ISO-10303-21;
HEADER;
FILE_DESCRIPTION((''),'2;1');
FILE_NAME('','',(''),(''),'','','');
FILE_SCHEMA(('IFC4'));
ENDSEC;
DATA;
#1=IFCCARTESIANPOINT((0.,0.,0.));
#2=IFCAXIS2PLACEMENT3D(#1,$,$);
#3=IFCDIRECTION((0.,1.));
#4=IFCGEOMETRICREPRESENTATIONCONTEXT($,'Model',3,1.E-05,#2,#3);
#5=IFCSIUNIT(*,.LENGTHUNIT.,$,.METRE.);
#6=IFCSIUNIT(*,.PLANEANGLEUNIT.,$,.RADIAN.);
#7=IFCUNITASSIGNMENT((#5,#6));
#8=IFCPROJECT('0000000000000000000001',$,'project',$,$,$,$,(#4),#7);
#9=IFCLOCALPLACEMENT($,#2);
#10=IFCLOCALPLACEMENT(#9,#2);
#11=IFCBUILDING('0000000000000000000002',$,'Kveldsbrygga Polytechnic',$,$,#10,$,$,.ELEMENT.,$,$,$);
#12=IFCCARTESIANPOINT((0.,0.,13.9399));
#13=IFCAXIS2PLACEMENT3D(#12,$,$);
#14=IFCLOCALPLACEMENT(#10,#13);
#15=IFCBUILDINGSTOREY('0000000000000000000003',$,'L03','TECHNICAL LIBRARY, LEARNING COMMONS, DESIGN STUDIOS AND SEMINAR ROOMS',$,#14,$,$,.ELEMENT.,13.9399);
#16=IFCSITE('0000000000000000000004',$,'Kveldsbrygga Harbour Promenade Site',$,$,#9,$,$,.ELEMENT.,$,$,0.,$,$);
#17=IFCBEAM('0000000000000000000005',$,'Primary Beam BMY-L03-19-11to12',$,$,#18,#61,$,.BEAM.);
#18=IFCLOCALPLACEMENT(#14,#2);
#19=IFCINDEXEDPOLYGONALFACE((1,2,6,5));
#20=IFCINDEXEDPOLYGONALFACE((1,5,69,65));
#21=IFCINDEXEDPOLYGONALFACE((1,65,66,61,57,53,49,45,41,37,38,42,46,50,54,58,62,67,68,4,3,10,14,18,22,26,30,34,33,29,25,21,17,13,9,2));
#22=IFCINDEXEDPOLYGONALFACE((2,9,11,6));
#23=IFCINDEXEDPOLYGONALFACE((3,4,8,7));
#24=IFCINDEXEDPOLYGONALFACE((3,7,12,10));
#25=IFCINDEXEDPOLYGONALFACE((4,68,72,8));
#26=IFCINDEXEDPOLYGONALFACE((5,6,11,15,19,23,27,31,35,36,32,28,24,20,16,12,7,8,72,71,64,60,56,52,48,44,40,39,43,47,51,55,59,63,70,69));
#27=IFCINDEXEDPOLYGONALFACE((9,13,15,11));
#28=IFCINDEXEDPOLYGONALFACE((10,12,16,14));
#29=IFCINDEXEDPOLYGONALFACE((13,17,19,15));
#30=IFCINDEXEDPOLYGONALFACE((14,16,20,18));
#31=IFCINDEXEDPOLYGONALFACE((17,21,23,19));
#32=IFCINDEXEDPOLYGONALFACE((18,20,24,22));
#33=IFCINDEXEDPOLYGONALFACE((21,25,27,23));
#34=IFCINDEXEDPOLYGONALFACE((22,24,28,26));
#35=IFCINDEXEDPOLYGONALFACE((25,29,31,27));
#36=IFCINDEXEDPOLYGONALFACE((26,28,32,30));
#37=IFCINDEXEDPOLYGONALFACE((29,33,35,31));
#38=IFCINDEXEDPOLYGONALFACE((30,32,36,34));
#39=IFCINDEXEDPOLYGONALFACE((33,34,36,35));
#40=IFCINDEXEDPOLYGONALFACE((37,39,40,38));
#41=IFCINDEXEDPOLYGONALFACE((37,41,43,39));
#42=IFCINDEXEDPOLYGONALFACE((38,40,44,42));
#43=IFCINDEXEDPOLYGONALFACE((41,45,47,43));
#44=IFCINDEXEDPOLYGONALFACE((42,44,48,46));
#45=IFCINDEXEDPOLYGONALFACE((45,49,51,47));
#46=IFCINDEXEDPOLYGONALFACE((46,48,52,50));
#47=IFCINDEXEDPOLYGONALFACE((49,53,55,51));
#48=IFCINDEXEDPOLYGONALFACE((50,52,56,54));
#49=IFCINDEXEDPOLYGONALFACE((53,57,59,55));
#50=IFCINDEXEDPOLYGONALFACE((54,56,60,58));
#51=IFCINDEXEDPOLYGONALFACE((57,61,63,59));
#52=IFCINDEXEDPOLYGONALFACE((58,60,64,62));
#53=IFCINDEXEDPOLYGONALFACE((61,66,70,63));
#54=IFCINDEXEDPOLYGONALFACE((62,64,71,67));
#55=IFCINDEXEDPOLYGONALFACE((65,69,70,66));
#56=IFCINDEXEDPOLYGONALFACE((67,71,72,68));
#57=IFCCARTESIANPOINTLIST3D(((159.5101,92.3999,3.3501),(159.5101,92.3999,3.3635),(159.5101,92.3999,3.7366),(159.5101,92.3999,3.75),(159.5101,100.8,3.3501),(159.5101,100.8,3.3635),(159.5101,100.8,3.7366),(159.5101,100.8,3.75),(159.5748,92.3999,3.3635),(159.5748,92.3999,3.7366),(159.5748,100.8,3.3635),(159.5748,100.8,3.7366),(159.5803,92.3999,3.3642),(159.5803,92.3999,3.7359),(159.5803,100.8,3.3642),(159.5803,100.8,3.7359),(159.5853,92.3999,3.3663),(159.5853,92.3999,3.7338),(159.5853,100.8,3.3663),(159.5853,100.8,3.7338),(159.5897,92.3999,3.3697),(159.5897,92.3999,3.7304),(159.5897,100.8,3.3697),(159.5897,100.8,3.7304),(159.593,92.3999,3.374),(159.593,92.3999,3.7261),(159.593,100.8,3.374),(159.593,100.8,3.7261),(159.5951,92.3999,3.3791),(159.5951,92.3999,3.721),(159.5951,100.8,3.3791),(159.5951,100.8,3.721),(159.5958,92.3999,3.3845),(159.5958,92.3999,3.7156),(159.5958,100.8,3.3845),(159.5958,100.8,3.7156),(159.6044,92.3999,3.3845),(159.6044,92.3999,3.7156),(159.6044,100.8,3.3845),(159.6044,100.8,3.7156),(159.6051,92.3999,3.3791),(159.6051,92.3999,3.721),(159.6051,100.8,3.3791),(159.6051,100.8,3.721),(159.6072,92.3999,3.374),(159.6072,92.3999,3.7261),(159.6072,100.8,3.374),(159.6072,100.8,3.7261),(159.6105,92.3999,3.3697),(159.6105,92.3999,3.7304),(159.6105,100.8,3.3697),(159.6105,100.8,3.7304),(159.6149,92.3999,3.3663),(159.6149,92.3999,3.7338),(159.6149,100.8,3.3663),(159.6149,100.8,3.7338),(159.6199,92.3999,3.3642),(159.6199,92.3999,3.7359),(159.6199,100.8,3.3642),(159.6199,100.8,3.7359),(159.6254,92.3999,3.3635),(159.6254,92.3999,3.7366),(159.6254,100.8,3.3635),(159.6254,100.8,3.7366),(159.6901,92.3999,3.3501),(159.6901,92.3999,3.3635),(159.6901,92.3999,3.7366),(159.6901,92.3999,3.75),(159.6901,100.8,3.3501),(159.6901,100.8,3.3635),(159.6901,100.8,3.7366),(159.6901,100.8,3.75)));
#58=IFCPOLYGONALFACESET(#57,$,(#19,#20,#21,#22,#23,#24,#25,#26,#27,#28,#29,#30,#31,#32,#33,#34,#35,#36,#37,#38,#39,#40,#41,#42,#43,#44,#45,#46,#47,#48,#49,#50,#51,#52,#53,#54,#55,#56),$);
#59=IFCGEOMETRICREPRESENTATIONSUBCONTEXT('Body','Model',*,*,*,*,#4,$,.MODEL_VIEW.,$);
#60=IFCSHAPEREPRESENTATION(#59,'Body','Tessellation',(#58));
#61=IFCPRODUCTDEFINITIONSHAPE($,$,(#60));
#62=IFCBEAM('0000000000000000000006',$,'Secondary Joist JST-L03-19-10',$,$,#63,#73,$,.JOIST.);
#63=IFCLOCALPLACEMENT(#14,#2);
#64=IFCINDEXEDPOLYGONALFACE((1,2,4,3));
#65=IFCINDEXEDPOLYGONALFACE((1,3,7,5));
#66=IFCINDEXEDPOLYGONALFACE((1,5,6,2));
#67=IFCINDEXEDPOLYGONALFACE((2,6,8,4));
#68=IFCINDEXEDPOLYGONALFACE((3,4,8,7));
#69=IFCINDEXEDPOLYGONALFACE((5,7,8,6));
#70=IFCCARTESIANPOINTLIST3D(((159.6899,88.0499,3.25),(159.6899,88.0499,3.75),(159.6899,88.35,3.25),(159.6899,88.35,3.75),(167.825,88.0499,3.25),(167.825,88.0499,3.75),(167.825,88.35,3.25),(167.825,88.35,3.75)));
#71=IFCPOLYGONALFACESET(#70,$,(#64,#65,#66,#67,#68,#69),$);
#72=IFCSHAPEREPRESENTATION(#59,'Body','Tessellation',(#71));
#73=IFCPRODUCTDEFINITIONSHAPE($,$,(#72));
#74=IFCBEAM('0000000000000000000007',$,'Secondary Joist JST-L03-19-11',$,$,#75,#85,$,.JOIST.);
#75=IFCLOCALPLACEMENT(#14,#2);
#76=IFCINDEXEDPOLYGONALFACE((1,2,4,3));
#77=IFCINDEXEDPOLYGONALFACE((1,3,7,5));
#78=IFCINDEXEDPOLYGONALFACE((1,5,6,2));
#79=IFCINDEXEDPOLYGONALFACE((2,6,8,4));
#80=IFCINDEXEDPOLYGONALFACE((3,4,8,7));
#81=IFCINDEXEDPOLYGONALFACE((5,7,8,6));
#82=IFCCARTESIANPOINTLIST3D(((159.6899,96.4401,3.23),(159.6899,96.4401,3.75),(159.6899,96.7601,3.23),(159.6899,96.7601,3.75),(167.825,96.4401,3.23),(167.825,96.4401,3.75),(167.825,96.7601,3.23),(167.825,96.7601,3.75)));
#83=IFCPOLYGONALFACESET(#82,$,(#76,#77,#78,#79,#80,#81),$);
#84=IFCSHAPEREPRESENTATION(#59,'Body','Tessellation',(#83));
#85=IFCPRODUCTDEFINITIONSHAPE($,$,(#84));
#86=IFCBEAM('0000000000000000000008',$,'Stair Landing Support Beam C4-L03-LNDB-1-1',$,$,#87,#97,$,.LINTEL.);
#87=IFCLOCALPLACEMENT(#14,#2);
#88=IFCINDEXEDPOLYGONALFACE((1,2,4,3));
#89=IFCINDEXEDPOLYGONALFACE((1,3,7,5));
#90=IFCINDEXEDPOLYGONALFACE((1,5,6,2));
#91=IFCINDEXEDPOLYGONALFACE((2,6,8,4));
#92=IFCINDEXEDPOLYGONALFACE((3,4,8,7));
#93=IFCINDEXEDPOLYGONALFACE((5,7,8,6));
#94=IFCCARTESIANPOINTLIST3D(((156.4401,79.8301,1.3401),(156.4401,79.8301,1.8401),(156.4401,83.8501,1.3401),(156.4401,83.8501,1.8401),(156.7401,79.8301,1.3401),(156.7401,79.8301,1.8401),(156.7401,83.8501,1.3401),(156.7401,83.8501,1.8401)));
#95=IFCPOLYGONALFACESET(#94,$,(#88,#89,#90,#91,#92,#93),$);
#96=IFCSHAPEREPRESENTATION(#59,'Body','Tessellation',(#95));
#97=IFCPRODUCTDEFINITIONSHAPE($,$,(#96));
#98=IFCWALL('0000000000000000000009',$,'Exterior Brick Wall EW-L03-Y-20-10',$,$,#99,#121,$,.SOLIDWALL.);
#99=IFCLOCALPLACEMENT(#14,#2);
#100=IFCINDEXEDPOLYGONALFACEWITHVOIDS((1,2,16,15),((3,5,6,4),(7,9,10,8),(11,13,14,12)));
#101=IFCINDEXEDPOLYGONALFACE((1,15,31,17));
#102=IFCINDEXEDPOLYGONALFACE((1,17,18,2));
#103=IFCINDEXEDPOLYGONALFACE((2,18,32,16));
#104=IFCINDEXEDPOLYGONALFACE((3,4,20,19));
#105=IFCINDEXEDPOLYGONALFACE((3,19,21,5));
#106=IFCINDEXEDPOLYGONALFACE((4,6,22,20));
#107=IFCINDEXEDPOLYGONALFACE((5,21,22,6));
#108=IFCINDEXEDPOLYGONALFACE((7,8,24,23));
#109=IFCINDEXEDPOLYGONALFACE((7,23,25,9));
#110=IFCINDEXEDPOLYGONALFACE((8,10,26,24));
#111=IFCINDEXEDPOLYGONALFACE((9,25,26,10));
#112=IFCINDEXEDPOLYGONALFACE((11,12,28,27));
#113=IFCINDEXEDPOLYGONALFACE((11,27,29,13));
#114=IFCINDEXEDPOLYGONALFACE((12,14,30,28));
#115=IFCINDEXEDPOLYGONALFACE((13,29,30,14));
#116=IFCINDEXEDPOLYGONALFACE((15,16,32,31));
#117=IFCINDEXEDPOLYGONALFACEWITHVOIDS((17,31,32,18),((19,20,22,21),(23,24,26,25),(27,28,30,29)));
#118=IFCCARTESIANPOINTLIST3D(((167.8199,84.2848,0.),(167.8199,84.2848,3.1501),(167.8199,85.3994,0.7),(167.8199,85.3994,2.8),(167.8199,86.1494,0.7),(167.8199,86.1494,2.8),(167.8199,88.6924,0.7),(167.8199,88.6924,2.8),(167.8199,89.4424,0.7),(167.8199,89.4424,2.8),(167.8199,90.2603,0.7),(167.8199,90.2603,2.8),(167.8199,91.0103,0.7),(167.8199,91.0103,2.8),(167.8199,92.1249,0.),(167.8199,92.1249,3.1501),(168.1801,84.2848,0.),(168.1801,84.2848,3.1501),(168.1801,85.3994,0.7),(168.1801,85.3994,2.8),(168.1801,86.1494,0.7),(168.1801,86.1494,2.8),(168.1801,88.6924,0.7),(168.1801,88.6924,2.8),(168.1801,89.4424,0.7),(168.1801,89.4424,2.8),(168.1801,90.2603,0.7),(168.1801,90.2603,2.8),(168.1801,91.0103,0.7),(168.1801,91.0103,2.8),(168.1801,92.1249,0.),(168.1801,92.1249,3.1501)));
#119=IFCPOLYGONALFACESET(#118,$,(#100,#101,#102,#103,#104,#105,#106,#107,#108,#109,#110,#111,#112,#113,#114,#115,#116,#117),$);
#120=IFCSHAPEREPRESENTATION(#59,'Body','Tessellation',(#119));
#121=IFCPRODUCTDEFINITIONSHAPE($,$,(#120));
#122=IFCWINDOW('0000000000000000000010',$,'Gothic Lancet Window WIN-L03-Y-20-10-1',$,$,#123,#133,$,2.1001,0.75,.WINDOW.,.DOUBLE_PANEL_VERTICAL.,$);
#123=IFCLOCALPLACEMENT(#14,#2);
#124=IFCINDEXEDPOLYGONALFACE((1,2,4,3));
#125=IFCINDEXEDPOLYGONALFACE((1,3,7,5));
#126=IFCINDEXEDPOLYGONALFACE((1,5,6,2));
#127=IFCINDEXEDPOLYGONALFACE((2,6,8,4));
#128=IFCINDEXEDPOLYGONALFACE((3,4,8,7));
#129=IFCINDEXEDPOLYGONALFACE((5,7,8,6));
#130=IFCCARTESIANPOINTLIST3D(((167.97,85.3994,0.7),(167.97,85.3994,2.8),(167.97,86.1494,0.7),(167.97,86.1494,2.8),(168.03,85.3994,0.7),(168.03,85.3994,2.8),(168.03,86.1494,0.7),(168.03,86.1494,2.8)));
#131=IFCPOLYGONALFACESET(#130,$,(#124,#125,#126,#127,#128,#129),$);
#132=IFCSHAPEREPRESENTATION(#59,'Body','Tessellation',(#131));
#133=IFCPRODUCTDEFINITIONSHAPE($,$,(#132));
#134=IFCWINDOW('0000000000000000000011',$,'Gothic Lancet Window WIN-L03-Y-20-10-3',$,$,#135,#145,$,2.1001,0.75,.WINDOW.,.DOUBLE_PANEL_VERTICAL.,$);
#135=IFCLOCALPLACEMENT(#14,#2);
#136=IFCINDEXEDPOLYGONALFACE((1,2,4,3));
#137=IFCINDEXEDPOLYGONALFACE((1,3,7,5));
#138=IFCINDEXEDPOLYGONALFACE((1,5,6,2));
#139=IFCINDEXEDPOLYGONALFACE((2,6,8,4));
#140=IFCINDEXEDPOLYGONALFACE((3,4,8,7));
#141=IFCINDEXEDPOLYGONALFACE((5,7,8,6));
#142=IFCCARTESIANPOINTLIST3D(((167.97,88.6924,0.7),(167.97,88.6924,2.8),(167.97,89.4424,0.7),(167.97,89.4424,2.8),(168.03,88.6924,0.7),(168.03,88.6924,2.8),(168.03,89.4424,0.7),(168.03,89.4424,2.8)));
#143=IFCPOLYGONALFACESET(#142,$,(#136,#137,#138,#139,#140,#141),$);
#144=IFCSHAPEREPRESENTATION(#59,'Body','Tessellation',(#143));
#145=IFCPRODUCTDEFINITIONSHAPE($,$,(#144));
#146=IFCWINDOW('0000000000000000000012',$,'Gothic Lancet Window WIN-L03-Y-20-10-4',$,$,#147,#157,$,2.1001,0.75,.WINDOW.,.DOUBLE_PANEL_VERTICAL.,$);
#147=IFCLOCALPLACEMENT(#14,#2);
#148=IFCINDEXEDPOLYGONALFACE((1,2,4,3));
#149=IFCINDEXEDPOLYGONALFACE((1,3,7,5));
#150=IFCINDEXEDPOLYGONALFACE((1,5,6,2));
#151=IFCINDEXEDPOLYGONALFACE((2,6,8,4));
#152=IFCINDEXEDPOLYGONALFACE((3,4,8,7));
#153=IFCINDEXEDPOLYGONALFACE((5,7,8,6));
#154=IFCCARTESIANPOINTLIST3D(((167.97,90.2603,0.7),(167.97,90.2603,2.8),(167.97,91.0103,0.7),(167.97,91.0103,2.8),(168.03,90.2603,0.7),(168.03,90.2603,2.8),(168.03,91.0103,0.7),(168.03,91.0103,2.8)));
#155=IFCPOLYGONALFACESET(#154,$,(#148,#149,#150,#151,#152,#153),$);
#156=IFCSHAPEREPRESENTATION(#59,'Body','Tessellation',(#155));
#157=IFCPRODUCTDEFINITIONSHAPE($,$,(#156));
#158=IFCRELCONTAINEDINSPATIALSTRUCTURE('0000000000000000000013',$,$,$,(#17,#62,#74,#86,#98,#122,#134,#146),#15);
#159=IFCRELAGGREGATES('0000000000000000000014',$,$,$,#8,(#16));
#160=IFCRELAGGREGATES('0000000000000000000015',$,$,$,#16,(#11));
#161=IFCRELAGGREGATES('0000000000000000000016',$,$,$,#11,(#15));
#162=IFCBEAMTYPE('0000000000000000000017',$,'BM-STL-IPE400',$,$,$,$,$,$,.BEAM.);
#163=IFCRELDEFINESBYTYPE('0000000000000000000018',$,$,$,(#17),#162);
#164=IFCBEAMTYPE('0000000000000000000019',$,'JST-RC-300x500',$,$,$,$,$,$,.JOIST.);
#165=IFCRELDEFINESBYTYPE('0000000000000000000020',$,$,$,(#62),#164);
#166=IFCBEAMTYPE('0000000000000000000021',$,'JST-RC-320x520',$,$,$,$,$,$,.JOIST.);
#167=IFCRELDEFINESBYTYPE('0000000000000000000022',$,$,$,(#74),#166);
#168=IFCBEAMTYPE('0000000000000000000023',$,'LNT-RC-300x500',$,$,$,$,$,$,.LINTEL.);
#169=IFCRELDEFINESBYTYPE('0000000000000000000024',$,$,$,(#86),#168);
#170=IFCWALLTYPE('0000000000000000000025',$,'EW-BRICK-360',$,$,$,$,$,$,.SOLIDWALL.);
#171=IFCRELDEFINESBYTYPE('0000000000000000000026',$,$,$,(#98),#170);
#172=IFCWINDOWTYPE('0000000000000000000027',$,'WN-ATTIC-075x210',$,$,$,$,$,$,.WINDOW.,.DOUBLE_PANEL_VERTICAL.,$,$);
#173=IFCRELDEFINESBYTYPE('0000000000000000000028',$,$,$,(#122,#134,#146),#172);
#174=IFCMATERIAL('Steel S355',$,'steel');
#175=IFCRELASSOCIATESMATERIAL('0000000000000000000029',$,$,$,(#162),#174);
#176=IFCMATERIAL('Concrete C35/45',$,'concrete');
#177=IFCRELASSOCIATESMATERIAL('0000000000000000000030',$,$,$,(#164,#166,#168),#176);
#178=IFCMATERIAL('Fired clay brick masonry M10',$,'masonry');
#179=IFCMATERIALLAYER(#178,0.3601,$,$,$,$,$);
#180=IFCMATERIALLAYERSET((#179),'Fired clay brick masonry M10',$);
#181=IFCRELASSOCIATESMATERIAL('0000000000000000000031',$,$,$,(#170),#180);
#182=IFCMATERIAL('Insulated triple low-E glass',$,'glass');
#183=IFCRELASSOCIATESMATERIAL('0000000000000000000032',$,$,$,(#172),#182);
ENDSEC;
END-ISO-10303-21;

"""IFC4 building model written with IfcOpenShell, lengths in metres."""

from ifc_helpers import new_model, si_unit, direction, frame, frame_2d, origin, origin_2d, place, context, subcontext, project, spatial, rectangle, i_section, extrude, material, layer, layer_set, material_profile, profile_set, type_object, element, fill, save


model = new_model("IFC4")

# Units and contexts
model_context = context("Model", 3, precision=1e-05, world=origin(), true_north=direction((0.0, 1.0)))
body_context = subcontext(model_context, "Body", "Model", "MODEL_VIEW")
ifc_project = project(units=[si_unit("LENGTHUNIT", "METRE"), si_unit("PLANEANGLEUNIT", "RADIAN")], contexts=[model_context])

# Site, building, storey
site_placement = place(None, origin())
site = spatial("IfcSite", under=ifc_project, at=site_placement, Name="Kveldsbrygga Harbour Promenade Site", CompositionType="ELEMENT", RefElevation=0.0)
building_placement = place(site_placement, origin())
building = spatial("IfcBuilding", under=site, at=building_placement, Name="Kveldsbrygga Polytechnic", CompositionType="ELEMENT")
storey_placement = place(building_placement, frame((0.0, 0.0, 13.9399)))
storey = spatial("IfcBuildingStorey", under=building, at=storey_placement, Name="L03", Description="TECHNICAL LIBRARY, LEARNING COMMONS, DESIGN STUDIOS AND SEMINAR ROOMS", CompositionType="ELEMENT", Elevation=13.9399)

# Beams
ifc_material_1 = material(Name="Concrete C35/45", Category="concrete")
ifc_material_2 = material(Name="Steel S355", Category="steel")
ifc_material_profile_1 = material_profile(ifc_material_2, i_section(OverallWidth=0.1799, OverallDepth=0.3999, WebThickness=0.0085, FlangeThickness=0.0134, FilletRadius=0.021, at=origin_2d()), Name="IPE 400")
ifc_profile_set_1 = profile_set([ifc_material_profile_1], Name="Steel S355")
beam_type_1 = type_object("IfcBeamType", Name="BM-STL-IPE400", PredefinedType="BEAM", material=ifc_profile_set_1)
beam_1_placement = place(storey_placement, frame((159.6001, 92.3999, 3.55), z_axis=(0.0, 1.0, 0.0), x_axis=(-1.0, 0.0, 0.0)))
element("IfcBeam", 1, at=beam_1_placement, inside=storey, type_object=beam_type_1, Name="Primary Beam BMY-L03-19-11to12", PredefinedType="BEAM", context=body_context, shape_type="SweptSolid", body=[
    extrude(i_section(OverallWidth=0.1799, OverallDepth=0.3999, WebThickness=0.0085, FlangeThickness=0.0134, FilletRadius=0.021, at=origin_2d()), origin(), (0.0, 0.0, 1.0), 8.4001),
])
ifc_material_profile_2 = material_profile(ifc_material_1, rectangle(XDim=0.3, YDim=0.5, at=origin_2d()), Name="RC 300x500")
ifc_profile_set_2 = profile_set([ifc_material_profile_2], Name="Concrete C35/45")
beam_type_2 = type_object("IfcBeamType", Name="JST-RC-300x500", PredefinedType="JOIST", material=ifc_profile_set_2)
beam_2_placement = place(storey_placement, frame((159.6899, 88.2, 3.5), z_axis=(1.0, 0.0, 0.0), x_axis=(0.0, 1.0, 0.0)))
element("IfcBeam", 2, at=beam_2_placement, inside=storey, type_object=beam_type_2, Name="Secondary Joist JST-L03-19-10", PredefinedType="JOIST", context=body_context, shape_type="SweptSolid", body=[
    extrude(rectangle(XDim=0.3, YDim=0.5, at=origin_2d()), origin(), (0.0, 0.0, 1.0), 8.135),
])
ifc_material_profile_3 = material_profile(ifc_material_1, rectangle(XDim=0.3201, YDim=0.52, at=origin_2d()), Name="RC 320x520")
ifc_profile_set_3 = profile_set([ifc_material_profile_3], Name="Concrete C35/45")
beam_type_3 = type_object("IfcBeamType", Name="JST-RC-320x520", PredefinedType="JOIST", material=ifc_profile_set_3)
beam_3_placement = place(storey_placement, frame((159.6899, 96.6001, 3.49), z_axis=(1.0, 0.0, 0.0), x_axis=(0.0, 1.0, 0.0)))
element("IfcBeam", 3, at=beam_3_placement, inside=storey, type_object=beam_type_3, Name="Secondary Joist JST-L03-19-11", PredefinedType="JOIST", context=body_context, shape_type="SweptSolid", body=[
    extrude(rectangle(XDim=0.3201, YDim=0.52, at=origin_2d()), origin(), (0.0, 0.0, 1.0), 8.135),
])
ifc_material_profile_4 = material_profile(ifc_material_1, rectangle(XDim=0.3, YDim=0.5, at=origin_2d()), Name="RC 300x500")
ifc_profile_set_4 = profile_set([ifc_material_profile_4], Name="Concrete C35/45")
beam_type_4 = type_object("IfcBeamType", Name="LNT-RC-300x500", PredefinedType="LINTEL", material=ifc_profile_set_4)
beam_4_placement = place(storey_placement, frame((156.5901, 79.8301, 1.5901), z_axis=(0.0, 1.0, 0.0), x_axis=(-1.0, 0.0, 0.0)))
element("IfcBeam", 4, at=beam_4_placement, inside=storey, type_object=beam_type_4, Name="Stair Landing Support Beam C4-L03-LNDB-1-1", PredefinedType="LINTEL", context=body_context, shape_type="SweptSolid", body=[
    extrude(rectangle(XDim=0.3, YDim=0.5, at=origin_2d()), origin(), (0.0, 0.0, 1.0), 4.02),
])

# Wall, openings, windows
ifc_material_3 = material(Name="Fired clay brick masonry M10", Category="masonry")
ifc_layer_1 = layer(ifc_material_3, 0.3601)
ifc_layer_set_1 = layer_set([ifc_layer_1], Name="Fired clay brick masonry M10")
wall_type_1 = type_object("IfcWallType", Name="EW-BRICK-360", PredefinedType="SOLIDWALL", material=ifc_layer_set_1)
wall_1_placement = place(storey_placement, frame((168.0, 84.2849, 0.0), z_axis=(0.0, 0.0, 1.0), x_axis=(0.0, 1.0, 0.0)))
wall_1 = element("IfcWall", 5, at=wall_1_placement, inside=storey, type_object=wall_type_1, Name="Exterior Brick Wall EW-L03-Y-20-10", PredefinedType="SOLIDWALL", context=body_context, shape_type="SweptSolid", body=[
    extrude(rectangle(XDim=7.8401, YDim=0.3601, at=frame_2d((3.9199, 0.0))), origin(), (0.0, 0.0, 1.0), 3.1501),
])
opening_1_placement = place(wall_1_placement, frame((1.1145, 0.0, 0.7)))
opening_1 = element("IfcOpeningElement", 6, at=opening_1_placement, cuts=wall_1, PredefinedType="OPENING", context=body_context, shape_type="SweptSolid", body=[
    extrude(rectangle(XDim=0.75, YDim=2.1001, at=frame_2d((0.375, 1.05))), frame((0.0, 0.1899, 0.0), z_axis=(0.0, -1.0, 0.0), x_axis=(1.0, 0.0, 0.0)), (0.0, 0.0, 1.0), 0.3801),
])
opening_2_placement = place(wall_1_placement, frame((4.4075, 0.0, 0.7)))
opening_2 = element("IfcOpeningElement", 7, at=opening_2_placement, cuts=wall_1, PredefinedType="OPENING", context=body_context, shape_type="SweptSolid", body=[
    extrude(rectangle(XDim=0.75, YDim=2.1001, at=frame_2d((0.375, 1.05))), frame((0.0, 0.1899, 0.0), z_axis=(0.0, -1.0, 0.0), x_axis=(1.0, 0.0, 0.0)), (0.0, 0.0, 1.0), 0.3801),
])
opening_3_placement = place(wall_1_placement, frame((5.9753, 0.0, 0.7)))
opening_3 = element("IfcOpeningElement", 8, at=opening_3_placement, cuts=wall_1, PredefinedType="OPENING", context=body_context, shape_type="SweptSolid", body=[
    extrude(rectangle(XDim=0.75, YDim=2.1001, at=frame_2d((0.375, 1.05))), frame((0.0, 0.1899, 0.0), z_axis=(0.0, -1.0, 0.0), x_axis=(1.0, 0.0, 0.0)), (0.0, 0.0, 1.0), 0.3801),
])
ifc_material_4 = material(Name="Insulated triple low-E glass", Category="glass")
window_type = type_object("IfcWindowType", Name="WN-ATTIC-075x210", PartitioningType="DOUBLE_PANEL_VERTICAL", PredefinedType="WINDOW", material=ifc_material_4)
window_1_placement = place(opening_1_placement, origin())
window_1 = element("IfcWindow", 9, at=window_1_placement, inside=storey, type_object=window_type, Name="Gothic Lancet Window WIN-L03-Y-20-10-1", OverallHeight=2.1001, OverallWidth=0.75, PartitioningType="DOUBLE_PANEL_VERTICAL", PredefinedType="WINDOW", context=body_context, shape_type="SweptSolid", body=[
    extrude(rectangle(XDim=0.75, YDim=2.1001, at=frame_2d((0.375, 1.05))), frame((0.0, 0.03, 0.0), z_axis=(0.0, -1.0, 0.0), x_axis=(1.0, 0.0, 0.0)), (0.0, 0.0, 1.0), 0.0601),
])
fill(opening_1, window_1)
window_2_placement = place(opening_2_placement, origin())
window_2 = element("IfcWindow", 10, at=window_2_placement, inside=storey, type_object=window_type, Name="Gothic Lancet Window WIN-L03-Y-20-10-3", OverallHeight=2.1001, OverallWidth=0.75, PartitioningType="DOUBLE_PANEL_VERTICAL", PredefinedType="WINDOW", context=body_context, shape_type="SweptSolid", body=[
    extrude(rectangle(XDim=0.75, YDim=2.1001, at=frame_2d((0.375, 1.05))), frame((0.0, 0.03, 0.0), z_axis=(0.0, -1.0, 0.0), x_axis=(1.0, 0.0, 0.0)), (0.0, 0.0, 1.0), 0.0601),
])
fill(opening_2, window_2)
window_3_placement = place(opening_3_placement, origin())
window_3 = element("IfcWindow", 11, at=window_3_placement, inside=storey, type_object=window_type, Name="Gothic Lancet Window WIN-L03-Y-20-10-4", OverallHeight=2.1001, OverallWidth=0.75, PartitioningType="DOUBLE_PANEL_VERTICAL", PredefinedType="WINDOW", context=body_context, shape_type="SweptSolid", body=[
    extrude(rectangle(XDim=0.75, YDim=2.1001, at=frame_2d((0.375, 1.05))), frame((0.0, 0.03, 0.0), z_axis=(0.0, -1.0, 0.0), x_axis=(1.0, 0.0, 0.0)), (0.0, 0.0, 1.0), 0.0601),
])
fill(opening_3, window_3)

save(model, "model.ifc")
